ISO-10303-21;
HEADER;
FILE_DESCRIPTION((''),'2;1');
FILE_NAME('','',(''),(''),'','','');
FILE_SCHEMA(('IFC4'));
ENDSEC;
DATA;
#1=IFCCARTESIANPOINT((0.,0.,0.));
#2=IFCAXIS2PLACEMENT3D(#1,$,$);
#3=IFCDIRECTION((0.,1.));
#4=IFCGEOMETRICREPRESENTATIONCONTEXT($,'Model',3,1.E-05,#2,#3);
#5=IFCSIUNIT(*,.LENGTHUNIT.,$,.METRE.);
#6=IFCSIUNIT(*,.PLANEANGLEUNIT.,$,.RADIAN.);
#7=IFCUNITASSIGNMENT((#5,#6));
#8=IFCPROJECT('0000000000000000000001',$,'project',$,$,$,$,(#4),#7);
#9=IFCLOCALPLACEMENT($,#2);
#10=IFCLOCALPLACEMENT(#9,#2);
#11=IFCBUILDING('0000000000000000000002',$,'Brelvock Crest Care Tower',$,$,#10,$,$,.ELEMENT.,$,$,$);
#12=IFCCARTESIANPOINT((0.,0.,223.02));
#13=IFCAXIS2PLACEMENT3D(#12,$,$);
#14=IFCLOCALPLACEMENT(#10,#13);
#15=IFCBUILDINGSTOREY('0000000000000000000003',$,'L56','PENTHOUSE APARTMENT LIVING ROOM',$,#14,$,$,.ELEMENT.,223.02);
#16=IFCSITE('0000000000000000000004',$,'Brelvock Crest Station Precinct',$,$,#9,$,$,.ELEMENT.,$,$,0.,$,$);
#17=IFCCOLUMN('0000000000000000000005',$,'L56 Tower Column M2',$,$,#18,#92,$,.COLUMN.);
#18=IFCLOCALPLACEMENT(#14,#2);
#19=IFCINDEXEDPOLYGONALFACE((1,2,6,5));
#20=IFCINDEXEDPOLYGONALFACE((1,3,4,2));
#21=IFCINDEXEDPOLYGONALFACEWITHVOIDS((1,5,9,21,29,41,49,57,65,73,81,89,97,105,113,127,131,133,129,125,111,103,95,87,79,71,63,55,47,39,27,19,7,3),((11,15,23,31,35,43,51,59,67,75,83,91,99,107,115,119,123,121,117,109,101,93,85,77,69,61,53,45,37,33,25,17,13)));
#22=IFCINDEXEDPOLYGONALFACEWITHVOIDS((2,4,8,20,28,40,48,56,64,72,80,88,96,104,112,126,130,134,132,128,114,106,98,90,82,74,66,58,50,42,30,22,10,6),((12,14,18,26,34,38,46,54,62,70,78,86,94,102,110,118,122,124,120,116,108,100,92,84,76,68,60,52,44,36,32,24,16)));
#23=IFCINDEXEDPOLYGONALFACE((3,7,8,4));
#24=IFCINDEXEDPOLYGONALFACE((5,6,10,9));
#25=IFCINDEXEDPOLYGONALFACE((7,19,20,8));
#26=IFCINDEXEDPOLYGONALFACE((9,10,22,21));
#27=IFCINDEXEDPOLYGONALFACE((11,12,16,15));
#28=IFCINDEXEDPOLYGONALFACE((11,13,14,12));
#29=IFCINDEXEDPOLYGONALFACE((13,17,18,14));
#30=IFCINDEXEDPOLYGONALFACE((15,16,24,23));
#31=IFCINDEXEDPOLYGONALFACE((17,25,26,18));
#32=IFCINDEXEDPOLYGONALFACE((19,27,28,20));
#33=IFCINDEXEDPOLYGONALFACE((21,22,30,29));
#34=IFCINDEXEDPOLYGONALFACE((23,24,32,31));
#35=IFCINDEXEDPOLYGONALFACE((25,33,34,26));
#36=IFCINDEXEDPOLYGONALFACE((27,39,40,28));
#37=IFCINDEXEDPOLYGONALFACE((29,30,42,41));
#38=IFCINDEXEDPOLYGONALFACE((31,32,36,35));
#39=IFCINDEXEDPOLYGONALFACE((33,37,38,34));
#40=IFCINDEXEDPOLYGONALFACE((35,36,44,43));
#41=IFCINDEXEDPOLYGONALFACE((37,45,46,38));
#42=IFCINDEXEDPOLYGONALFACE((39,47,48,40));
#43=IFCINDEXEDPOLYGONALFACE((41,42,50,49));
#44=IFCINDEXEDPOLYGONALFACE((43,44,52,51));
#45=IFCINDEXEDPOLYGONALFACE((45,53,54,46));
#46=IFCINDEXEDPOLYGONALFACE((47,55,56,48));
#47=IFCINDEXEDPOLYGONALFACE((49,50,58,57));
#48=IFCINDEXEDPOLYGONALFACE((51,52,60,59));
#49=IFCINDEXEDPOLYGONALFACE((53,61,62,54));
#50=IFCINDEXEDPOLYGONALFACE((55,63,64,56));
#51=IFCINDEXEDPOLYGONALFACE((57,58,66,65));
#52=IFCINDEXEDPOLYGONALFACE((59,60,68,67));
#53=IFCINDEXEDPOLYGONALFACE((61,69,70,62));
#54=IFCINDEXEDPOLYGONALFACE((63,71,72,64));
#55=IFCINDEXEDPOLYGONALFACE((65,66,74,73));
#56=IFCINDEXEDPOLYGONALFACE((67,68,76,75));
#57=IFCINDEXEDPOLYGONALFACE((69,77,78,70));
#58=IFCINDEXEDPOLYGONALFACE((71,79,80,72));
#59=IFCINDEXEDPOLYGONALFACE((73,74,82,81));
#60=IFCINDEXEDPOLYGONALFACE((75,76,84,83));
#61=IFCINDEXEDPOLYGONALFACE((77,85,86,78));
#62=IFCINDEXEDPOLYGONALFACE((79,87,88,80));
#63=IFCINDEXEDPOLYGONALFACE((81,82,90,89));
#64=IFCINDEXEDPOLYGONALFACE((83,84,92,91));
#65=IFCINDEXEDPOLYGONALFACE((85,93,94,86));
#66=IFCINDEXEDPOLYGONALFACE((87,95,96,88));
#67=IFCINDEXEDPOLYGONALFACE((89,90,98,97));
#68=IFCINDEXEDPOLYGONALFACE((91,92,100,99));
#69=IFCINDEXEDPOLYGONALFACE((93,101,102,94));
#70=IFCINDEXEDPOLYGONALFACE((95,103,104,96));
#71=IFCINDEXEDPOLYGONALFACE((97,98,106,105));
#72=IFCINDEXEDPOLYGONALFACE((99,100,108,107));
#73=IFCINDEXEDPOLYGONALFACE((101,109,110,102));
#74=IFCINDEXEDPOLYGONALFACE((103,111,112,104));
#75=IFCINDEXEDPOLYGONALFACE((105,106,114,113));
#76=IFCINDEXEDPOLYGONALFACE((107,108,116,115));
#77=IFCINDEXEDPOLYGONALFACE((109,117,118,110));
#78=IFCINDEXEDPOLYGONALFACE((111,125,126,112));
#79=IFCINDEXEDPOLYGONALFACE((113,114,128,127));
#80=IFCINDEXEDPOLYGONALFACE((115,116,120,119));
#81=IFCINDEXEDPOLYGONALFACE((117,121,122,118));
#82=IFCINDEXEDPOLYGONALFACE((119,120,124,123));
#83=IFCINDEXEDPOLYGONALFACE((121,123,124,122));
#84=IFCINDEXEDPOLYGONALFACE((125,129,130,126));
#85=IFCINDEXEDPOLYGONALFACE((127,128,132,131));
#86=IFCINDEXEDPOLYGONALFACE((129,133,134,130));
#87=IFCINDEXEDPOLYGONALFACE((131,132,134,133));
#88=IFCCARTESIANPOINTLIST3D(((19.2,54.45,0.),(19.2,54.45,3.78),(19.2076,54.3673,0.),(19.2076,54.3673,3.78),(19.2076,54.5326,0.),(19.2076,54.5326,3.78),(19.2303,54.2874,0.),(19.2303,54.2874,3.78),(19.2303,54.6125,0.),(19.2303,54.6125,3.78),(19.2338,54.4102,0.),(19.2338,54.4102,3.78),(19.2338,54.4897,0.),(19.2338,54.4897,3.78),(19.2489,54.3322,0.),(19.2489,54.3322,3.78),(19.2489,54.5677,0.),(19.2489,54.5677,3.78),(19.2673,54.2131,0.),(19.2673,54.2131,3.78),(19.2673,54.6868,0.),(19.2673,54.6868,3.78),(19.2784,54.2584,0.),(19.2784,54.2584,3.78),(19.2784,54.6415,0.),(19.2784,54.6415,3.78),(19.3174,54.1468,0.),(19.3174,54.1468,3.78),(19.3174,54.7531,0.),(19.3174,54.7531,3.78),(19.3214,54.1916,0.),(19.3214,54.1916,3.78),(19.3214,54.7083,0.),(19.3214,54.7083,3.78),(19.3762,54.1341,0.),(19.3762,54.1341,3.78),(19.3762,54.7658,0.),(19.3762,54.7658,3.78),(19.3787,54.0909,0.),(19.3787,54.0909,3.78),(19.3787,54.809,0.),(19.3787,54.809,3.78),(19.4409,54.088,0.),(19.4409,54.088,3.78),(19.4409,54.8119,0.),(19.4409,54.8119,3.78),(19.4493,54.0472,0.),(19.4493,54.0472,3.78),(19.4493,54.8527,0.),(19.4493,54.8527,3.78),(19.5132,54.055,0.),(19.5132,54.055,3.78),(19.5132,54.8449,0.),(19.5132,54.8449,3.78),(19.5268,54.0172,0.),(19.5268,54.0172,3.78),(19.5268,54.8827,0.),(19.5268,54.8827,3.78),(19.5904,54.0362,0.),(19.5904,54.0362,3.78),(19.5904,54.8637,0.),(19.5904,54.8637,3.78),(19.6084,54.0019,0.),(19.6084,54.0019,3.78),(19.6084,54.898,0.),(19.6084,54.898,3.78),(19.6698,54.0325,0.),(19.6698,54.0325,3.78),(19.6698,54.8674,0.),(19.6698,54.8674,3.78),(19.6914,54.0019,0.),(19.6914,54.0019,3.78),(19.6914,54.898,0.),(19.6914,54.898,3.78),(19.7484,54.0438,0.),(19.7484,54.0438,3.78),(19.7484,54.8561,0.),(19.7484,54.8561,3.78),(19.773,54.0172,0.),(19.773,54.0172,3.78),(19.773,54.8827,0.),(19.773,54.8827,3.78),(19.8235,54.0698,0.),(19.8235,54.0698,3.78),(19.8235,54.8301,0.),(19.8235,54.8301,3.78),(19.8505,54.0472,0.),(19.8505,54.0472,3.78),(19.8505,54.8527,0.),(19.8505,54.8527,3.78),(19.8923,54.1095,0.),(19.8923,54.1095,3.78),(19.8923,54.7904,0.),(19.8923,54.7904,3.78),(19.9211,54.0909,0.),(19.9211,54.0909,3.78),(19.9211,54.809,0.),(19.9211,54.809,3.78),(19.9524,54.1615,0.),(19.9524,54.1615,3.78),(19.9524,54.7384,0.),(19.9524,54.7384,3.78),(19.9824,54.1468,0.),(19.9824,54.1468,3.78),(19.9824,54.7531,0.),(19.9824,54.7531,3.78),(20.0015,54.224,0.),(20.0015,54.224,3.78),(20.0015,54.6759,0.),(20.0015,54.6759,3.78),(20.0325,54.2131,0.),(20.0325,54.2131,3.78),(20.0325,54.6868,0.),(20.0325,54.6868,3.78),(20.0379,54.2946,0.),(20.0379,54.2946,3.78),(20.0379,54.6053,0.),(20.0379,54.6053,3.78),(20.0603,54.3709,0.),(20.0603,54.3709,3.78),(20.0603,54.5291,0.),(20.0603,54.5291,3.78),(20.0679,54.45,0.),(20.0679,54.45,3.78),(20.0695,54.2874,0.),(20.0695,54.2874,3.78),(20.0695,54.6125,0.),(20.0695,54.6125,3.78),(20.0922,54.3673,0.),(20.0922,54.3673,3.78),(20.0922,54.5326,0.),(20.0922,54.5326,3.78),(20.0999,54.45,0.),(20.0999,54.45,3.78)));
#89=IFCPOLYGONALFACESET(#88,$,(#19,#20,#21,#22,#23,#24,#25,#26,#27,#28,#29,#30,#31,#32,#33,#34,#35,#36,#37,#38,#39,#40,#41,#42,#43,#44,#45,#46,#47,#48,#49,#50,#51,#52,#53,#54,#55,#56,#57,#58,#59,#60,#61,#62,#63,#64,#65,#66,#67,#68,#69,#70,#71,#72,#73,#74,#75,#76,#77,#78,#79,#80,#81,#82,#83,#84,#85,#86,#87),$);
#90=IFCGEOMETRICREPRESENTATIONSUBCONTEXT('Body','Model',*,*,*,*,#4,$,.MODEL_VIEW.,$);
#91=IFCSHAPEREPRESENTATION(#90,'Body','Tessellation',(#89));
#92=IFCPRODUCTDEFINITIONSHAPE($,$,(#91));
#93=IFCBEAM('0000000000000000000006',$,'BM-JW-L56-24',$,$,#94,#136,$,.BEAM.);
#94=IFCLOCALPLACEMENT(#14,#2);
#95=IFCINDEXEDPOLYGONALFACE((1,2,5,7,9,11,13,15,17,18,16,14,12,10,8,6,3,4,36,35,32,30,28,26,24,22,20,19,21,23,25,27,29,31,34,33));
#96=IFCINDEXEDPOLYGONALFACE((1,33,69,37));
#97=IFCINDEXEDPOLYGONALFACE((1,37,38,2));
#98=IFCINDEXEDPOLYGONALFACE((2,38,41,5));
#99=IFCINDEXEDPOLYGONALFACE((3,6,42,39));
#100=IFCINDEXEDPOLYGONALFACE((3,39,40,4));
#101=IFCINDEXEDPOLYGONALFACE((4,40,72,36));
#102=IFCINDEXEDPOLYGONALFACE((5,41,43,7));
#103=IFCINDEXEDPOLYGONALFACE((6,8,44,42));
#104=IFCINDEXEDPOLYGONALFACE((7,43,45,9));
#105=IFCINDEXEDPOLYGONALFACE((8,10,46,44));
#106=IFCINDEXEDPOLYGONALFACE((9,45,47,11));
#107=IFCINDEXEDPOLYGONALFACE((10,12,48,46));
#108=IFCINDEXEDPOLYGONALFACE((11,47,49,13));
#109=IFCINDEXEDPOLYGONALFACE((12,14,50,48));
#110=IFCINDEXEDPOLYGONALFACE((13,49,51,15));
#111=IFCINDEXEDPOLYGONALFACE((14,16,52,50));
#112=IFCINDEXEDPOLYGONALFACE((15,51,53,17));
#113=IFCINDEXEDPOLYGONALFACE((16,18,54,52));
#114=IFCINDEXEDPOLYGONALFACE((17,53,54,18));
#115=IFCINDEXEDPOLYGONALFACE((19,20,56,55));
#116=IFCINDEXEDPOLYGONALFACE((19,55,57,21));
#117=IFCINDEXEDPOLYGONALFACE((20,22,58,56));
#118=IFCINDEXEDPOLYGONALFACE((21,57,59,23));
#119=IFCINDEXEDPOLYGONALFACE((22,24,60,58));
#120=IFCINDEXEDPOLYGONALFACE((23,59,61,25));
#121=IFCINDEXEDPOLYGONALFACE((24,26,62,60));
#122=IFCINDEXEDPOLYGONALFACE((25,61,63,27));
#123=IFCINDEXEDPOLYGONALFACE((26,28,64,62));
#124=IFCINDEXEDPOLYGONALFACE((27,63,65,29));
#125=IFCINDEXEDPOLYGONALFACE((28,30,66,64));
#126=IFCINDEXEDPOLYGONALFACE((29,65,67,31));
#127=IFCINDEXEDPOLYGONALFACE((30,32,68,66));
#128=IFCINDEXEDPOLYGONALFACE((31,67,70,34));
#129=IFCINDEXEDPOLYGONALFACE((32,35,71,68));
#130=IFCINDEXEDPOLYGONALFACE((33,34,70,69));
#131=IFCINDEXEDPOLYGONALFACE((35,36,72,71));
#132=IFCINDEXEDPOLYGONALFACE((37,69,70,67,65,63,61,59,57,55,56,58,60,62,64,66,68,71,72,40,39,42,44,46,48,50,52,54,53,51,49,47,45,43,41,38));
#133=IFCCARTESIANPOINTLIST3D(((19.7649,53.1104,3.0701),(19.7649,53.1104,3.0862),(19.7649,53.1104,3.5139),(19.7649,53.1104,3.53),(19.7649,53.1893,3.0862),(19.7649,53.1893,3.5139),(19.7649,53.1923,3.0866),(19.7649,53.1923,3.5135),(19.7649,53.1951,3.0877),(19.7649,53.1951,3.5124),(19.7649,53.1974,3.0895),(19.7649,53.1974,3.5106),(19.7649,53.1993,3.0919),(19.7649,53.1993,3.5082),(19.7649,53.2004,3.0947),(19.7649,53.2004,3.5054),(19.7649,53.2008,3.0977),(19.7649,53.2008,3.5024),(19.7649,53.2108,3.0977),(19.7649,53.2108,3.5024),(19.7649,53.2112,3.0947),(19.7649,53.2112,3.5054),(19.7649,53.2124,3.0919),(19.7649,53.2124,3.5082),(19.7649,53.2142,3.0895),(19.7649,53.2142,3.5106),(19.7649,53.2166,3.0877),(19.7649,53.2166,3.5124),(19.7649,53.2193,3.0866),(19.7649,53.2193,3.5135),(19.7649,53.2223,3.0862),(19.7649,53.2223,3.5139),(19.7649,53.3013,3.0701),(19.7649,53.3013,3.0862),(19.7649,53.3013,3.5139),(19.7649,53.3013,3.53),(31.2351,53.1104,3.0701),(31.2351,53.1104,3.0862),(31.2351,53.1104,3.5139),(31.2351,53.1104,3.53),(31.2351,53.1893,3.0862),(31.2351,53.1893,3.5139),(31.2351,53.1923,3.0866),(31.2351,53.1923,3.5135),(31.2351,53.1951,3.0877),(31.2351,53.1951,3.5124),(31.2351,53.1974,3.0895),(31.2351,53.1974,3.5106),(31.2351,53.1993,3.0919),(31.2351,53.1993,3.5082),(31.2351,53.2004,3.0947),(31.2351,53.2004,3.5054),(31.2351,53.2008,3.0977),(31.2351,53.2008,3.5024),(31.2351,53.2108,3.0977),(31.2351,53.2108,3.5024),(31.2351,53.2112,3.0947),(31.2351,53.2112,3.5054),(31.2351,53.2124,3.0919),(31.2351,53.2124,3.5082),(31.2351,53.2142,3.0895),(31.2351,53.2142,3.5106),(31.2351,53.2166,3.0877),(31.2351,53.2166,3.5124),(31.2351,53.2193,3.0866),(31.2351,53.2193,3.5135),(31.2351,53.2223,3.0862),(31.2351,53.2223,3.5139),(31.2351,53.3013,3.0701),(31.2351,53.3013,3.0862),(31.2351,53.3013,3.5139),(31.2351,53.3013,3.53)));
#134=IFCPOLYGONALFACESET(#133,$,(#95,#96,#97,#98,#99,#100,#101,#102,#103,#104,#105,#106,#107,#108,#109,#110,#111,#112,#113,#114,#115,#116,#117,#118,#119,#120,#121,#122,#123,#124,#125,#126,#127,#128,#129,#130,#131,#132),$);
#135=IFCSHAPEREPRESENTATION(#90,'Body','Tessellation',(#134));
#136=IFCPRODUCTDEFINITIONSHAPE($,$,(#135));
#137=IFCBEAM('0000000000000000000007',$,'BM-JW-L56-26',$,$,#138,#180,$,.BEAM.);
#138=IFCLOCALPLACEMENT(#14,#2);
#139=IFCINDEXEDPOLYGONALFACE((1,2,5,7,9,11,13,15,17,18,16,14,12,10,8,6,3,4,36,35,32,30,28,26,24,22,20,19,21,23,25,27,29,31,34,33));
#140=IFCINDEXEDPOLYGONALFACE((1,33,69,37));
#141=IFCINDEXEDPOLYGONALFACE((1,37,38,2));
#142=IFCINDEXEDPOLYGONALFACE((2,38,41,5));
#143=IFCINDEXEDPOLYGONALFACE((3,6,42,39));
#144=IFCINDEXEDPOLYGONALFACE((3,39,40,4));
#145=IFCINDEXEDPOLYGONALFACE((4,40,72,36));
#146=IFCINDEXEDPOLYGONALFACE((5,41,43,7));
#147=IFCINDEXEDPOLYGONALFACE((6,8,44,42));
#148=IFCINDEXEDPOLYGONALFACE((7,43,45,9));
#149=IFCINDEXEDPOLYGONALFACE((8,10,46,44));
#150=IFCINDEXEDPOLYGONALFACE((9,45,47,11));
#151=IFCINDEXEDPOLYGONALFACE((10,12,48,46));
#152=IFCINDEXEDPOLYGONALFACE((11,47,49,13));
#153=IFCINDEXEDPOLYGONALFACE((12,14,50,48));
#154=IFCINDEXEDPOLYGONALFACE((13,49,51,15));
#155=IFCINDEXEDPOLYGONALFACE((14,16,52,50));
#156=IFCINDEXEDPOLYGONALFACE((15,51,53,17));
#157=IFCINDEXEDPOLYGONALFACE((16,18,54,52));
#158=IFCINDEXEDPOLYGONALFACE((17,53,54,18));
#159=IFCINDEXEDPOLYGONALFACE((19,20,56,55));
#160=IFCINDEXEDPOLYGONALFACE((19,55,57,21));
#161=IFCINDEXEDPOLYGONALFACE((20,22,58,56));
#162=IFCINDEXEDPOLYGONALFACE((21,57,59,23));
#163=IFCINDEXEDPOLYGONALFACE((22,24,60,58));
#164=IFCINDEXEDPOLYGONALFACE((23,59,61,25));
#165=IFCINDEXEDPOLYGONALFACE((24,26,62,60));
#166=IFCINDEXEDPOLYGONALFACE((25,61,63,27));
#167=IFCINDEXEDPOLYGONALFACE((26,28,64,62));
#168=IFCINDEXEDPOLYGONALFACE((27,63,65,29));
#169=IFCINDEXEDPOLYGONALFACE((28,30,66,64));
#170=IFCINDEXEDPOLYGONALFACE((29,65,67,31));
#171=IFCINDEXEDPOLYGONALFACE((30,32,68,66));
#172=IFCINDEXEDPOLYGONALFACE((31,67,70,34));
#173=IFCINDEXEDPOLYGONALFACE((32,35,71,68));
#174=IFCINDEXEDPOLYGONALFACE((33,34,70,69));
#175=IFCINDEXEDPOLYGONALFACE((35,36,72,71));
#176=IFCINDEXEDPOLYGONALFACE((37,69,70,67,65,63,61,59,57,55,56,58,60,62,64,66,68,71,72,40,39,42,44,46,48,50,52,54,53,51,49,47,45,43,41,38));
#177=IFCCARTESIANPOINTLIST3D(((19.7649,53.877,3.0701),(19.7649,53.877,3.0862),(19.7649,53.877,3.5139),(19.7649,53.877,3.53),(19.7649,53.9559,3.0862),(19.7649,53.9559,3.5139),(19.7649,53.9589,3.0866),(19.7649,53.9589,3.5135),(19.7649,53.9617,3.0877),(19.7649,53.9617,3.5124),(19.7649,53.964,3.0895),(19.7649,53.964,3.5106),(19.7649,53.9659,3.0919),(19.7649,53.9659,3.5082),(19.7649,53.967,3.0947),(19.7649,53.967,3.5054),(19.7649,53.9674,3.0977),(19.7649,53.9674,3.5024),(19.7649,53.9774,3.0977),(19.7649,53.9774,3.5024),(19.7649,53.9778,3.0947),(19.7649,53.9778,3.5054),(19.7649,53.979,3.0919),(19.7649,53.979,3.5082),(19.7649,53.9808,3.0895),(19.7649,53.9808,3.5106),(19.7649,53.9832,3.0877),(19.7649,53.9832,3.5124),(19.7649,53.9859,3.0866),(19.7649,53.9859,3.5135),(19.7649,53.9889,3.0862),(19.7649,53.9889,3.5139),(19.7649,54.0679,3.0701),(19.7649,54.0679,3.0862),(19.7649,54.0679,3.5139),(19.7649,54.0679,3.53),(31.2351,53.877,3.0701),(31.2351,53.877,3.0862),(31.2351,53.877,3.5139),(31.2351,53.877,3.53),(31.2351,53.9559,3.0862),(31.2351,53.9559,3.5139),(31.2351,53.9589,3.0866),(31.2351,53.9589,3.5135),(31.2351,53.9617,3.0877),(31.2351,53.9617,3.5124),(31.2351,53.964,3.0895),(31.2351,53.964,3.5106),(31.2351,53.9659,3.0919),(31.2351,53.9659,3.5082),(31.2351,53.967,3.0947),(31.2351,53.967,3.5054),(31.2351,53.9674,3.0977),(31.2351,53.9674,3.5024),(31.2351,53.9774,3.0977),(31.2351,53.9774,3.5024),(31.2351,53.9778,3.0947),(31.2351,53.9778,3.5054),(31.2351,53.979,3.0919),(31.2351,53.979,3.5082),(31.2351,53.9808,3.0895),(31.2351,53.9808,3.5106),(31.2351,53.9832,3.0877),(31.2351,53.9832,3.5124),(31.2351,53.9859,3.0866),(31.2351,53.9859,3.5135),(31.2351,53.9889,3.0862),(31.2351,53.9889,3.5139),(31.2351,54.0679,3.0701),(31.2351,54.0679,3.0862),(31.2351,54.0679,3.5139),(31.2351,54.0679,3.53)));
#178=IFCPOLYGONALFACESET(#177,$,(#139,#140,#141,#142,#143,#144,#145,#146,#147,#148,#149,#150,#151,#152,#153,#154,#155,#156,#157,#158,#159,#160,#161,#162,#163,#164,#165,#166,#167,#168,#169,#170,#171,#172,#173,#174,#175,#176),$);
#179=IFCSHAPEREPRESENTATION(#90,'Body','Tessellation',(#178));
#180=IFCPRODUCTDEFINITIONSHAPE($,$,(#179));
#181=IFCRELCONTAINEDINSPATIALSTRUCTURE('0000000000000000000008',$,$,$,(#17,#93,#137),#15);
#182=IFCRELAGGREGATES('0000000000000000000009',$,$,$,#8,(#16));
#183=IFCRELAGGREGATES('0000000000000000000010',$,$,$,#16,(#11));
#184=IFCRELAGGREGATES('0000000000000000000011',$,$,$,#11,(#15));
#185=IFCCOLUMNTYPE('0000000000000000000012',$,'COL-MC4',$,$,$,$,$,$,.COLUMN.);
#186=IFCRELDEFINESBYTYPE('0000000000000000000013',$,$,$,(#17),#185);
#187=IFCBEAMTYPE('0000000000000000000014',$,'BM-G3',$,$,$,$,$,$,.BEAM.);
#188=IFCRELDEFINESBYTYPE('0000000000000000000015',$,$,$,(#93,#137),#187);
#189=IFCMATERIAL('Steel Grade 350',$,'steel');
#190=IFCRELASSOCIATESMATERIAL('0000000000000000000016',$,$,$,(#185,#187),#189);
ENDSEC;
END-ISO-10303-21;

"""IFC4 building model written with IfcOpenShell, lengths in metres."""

from ifc_helpers import new_model, si_unit, direction, frame, origin, origin_2d, place, context, subcontext, project, spatial, hollow_circle, i_section, extrude, source, transform, mapped, material, material_profile, profile_set, type_object, element, save


model = new_model("IFC4")

# Units and contexts
model_context = context("Model", 3, precision=1e-05, world=origin(), true_north=direction((0.0, 1.0)))
body_context = subcontext(model_context, "Body", "Model", "MODEL_VIEW")
ifc_project = project(units=[si_unit("LENGTHUNIT", "METRE"), si_unit("PLANEANGLEUNIT", "RADIAN")], contexts=[model_context])

# Site, building, storey
site_placement = place(None, origin())
site = spatial("IfcSite", under=ifc_project, at=site_placement, Name="Brelvock Crest Station Precinct", CompositionType="ELEMENT", RefElevation=0.0)
building_placement = place(site_placement, origin())
building = spatial("IfcBuilding", under=site, at=building_placement, Name="Brelvock Crest Care Tower", CompositionType="ELEMENT")
storey_placement = place(building_placement, frame((0.0, 0.0, 223.02)))
storey = spatial("IfcBuildingStorey", under=building, at=storey_placement, Name="L56", Description="PENTHOUSE APARTMENT LIVING ROOM", CompositionType="ELEMENT", Elevation=223.02)

# Column
ifc_material_1 = material(Name="Steel Grade 350", Category="steel")
ifc_material_profile_1 = material_profile(ifc_material_1, hollow_circle(Radius=0.45, WallThickness=0.032, at=origin_2d()), Name="CFT900x32")
ifc_profile_set_1 = profile_set([ifc_material_profile_1], Name="Steel Grade 350")
column_type = type_object("IfcColumnType", Name="COL-MC4", PredefinedType="COLUMN", material=ifc_profile_set_1)
shared_shape_1 = source(origin(), body_context, "Body", "SweptSolid", [
    extrude(hollow_circle(Radius=0.45, WallThickness=0.032, at=origin_2d()), origin(), (0.0, 0.0, 1.0), 3.78),
])
column_placement = place(storey_placement, frame((19.6499, 54.45, 0.0), z_axis=(0.0, 0.0, 1.0), x_axis=(1.0, 0.0, 0.0)))
element("IfcColumn", 1, at=column_placement, inside=storey, type_object=column_type, Name="L56 Tower Column M2", PredefinedType="COLUMN", context=body_context, shape_type="MappedRepresentation", body=[
    mapped(shared_shape_1, transform((0.0, 0.0, 0.0), x_axis=(1.0, 0.0, 0.0), y_axis=(0.0, 1.0, 0.0), z_axis=(0.0, 0.0, 1.0), scale=1.0)),
])

# Beams
ifc_material_profile_2 = material_profile(ifc_material_1, i_section(OverallWidth=0.1909, OverallDepth=0.46, WebThickness=0.01, FlangeThickness=0.0161, FilletRadius=0.0115, at=origin_2d()), Name="460UB82.1")
ifc_profile_set_2 = profile_set([ifc_material_profile_2], Name="Steel Grade 350")
beam_type_1 = type_object("IfcBeamType", Name="BM-G3", PredefinedType="BEAM", material=ifc_profile_set_2)
shared_shape_2 = source(origin(), body_context, "Body", "SweptSolid", [
    extrude(i_section(OverallWidth=0.1909, OverallDepth=0.46, WebThickness=0.01, FlangeThickness=0.0161, FilletRadius=0.0115, at=origin_2d()), origin(), (0.0, 0.0, 1.0), 11.4702),
])
for number, where, z_axis, x_axis, name in (
    (2, (19.7649, 53.2058, 3.3), (1.0, 0.0, 0.0), (0.0, 1.0, 0.0), "BM-JW-L56-24"),
    (3, (19.7649, 53.9724, 3.3), (1.0, 0.0, 0.0), (0.0, 1.0, 0.0), "BM-JW-L56-26"),
):
    element("IfcBeam", number, at=place(storey_placement, frame(where, z_axis=z_axis, x_axis=x_axis)), inside=storey, type_object=beam_type_1, Name=name, PredefinedType="BEAM", context=body_context, shape_type="MappedRepresentation", body=[
        mapped(shared_shape_2, transform((0.0, 0.0, 0.0), x_axis=(1.0, 0.0, 0.0), y_axis=(0.0, 1.0, 0.0), z_axis=(0.0, 0.0, 1.0), scale=1.0)),
    ])

save(model, "model.ifc")
